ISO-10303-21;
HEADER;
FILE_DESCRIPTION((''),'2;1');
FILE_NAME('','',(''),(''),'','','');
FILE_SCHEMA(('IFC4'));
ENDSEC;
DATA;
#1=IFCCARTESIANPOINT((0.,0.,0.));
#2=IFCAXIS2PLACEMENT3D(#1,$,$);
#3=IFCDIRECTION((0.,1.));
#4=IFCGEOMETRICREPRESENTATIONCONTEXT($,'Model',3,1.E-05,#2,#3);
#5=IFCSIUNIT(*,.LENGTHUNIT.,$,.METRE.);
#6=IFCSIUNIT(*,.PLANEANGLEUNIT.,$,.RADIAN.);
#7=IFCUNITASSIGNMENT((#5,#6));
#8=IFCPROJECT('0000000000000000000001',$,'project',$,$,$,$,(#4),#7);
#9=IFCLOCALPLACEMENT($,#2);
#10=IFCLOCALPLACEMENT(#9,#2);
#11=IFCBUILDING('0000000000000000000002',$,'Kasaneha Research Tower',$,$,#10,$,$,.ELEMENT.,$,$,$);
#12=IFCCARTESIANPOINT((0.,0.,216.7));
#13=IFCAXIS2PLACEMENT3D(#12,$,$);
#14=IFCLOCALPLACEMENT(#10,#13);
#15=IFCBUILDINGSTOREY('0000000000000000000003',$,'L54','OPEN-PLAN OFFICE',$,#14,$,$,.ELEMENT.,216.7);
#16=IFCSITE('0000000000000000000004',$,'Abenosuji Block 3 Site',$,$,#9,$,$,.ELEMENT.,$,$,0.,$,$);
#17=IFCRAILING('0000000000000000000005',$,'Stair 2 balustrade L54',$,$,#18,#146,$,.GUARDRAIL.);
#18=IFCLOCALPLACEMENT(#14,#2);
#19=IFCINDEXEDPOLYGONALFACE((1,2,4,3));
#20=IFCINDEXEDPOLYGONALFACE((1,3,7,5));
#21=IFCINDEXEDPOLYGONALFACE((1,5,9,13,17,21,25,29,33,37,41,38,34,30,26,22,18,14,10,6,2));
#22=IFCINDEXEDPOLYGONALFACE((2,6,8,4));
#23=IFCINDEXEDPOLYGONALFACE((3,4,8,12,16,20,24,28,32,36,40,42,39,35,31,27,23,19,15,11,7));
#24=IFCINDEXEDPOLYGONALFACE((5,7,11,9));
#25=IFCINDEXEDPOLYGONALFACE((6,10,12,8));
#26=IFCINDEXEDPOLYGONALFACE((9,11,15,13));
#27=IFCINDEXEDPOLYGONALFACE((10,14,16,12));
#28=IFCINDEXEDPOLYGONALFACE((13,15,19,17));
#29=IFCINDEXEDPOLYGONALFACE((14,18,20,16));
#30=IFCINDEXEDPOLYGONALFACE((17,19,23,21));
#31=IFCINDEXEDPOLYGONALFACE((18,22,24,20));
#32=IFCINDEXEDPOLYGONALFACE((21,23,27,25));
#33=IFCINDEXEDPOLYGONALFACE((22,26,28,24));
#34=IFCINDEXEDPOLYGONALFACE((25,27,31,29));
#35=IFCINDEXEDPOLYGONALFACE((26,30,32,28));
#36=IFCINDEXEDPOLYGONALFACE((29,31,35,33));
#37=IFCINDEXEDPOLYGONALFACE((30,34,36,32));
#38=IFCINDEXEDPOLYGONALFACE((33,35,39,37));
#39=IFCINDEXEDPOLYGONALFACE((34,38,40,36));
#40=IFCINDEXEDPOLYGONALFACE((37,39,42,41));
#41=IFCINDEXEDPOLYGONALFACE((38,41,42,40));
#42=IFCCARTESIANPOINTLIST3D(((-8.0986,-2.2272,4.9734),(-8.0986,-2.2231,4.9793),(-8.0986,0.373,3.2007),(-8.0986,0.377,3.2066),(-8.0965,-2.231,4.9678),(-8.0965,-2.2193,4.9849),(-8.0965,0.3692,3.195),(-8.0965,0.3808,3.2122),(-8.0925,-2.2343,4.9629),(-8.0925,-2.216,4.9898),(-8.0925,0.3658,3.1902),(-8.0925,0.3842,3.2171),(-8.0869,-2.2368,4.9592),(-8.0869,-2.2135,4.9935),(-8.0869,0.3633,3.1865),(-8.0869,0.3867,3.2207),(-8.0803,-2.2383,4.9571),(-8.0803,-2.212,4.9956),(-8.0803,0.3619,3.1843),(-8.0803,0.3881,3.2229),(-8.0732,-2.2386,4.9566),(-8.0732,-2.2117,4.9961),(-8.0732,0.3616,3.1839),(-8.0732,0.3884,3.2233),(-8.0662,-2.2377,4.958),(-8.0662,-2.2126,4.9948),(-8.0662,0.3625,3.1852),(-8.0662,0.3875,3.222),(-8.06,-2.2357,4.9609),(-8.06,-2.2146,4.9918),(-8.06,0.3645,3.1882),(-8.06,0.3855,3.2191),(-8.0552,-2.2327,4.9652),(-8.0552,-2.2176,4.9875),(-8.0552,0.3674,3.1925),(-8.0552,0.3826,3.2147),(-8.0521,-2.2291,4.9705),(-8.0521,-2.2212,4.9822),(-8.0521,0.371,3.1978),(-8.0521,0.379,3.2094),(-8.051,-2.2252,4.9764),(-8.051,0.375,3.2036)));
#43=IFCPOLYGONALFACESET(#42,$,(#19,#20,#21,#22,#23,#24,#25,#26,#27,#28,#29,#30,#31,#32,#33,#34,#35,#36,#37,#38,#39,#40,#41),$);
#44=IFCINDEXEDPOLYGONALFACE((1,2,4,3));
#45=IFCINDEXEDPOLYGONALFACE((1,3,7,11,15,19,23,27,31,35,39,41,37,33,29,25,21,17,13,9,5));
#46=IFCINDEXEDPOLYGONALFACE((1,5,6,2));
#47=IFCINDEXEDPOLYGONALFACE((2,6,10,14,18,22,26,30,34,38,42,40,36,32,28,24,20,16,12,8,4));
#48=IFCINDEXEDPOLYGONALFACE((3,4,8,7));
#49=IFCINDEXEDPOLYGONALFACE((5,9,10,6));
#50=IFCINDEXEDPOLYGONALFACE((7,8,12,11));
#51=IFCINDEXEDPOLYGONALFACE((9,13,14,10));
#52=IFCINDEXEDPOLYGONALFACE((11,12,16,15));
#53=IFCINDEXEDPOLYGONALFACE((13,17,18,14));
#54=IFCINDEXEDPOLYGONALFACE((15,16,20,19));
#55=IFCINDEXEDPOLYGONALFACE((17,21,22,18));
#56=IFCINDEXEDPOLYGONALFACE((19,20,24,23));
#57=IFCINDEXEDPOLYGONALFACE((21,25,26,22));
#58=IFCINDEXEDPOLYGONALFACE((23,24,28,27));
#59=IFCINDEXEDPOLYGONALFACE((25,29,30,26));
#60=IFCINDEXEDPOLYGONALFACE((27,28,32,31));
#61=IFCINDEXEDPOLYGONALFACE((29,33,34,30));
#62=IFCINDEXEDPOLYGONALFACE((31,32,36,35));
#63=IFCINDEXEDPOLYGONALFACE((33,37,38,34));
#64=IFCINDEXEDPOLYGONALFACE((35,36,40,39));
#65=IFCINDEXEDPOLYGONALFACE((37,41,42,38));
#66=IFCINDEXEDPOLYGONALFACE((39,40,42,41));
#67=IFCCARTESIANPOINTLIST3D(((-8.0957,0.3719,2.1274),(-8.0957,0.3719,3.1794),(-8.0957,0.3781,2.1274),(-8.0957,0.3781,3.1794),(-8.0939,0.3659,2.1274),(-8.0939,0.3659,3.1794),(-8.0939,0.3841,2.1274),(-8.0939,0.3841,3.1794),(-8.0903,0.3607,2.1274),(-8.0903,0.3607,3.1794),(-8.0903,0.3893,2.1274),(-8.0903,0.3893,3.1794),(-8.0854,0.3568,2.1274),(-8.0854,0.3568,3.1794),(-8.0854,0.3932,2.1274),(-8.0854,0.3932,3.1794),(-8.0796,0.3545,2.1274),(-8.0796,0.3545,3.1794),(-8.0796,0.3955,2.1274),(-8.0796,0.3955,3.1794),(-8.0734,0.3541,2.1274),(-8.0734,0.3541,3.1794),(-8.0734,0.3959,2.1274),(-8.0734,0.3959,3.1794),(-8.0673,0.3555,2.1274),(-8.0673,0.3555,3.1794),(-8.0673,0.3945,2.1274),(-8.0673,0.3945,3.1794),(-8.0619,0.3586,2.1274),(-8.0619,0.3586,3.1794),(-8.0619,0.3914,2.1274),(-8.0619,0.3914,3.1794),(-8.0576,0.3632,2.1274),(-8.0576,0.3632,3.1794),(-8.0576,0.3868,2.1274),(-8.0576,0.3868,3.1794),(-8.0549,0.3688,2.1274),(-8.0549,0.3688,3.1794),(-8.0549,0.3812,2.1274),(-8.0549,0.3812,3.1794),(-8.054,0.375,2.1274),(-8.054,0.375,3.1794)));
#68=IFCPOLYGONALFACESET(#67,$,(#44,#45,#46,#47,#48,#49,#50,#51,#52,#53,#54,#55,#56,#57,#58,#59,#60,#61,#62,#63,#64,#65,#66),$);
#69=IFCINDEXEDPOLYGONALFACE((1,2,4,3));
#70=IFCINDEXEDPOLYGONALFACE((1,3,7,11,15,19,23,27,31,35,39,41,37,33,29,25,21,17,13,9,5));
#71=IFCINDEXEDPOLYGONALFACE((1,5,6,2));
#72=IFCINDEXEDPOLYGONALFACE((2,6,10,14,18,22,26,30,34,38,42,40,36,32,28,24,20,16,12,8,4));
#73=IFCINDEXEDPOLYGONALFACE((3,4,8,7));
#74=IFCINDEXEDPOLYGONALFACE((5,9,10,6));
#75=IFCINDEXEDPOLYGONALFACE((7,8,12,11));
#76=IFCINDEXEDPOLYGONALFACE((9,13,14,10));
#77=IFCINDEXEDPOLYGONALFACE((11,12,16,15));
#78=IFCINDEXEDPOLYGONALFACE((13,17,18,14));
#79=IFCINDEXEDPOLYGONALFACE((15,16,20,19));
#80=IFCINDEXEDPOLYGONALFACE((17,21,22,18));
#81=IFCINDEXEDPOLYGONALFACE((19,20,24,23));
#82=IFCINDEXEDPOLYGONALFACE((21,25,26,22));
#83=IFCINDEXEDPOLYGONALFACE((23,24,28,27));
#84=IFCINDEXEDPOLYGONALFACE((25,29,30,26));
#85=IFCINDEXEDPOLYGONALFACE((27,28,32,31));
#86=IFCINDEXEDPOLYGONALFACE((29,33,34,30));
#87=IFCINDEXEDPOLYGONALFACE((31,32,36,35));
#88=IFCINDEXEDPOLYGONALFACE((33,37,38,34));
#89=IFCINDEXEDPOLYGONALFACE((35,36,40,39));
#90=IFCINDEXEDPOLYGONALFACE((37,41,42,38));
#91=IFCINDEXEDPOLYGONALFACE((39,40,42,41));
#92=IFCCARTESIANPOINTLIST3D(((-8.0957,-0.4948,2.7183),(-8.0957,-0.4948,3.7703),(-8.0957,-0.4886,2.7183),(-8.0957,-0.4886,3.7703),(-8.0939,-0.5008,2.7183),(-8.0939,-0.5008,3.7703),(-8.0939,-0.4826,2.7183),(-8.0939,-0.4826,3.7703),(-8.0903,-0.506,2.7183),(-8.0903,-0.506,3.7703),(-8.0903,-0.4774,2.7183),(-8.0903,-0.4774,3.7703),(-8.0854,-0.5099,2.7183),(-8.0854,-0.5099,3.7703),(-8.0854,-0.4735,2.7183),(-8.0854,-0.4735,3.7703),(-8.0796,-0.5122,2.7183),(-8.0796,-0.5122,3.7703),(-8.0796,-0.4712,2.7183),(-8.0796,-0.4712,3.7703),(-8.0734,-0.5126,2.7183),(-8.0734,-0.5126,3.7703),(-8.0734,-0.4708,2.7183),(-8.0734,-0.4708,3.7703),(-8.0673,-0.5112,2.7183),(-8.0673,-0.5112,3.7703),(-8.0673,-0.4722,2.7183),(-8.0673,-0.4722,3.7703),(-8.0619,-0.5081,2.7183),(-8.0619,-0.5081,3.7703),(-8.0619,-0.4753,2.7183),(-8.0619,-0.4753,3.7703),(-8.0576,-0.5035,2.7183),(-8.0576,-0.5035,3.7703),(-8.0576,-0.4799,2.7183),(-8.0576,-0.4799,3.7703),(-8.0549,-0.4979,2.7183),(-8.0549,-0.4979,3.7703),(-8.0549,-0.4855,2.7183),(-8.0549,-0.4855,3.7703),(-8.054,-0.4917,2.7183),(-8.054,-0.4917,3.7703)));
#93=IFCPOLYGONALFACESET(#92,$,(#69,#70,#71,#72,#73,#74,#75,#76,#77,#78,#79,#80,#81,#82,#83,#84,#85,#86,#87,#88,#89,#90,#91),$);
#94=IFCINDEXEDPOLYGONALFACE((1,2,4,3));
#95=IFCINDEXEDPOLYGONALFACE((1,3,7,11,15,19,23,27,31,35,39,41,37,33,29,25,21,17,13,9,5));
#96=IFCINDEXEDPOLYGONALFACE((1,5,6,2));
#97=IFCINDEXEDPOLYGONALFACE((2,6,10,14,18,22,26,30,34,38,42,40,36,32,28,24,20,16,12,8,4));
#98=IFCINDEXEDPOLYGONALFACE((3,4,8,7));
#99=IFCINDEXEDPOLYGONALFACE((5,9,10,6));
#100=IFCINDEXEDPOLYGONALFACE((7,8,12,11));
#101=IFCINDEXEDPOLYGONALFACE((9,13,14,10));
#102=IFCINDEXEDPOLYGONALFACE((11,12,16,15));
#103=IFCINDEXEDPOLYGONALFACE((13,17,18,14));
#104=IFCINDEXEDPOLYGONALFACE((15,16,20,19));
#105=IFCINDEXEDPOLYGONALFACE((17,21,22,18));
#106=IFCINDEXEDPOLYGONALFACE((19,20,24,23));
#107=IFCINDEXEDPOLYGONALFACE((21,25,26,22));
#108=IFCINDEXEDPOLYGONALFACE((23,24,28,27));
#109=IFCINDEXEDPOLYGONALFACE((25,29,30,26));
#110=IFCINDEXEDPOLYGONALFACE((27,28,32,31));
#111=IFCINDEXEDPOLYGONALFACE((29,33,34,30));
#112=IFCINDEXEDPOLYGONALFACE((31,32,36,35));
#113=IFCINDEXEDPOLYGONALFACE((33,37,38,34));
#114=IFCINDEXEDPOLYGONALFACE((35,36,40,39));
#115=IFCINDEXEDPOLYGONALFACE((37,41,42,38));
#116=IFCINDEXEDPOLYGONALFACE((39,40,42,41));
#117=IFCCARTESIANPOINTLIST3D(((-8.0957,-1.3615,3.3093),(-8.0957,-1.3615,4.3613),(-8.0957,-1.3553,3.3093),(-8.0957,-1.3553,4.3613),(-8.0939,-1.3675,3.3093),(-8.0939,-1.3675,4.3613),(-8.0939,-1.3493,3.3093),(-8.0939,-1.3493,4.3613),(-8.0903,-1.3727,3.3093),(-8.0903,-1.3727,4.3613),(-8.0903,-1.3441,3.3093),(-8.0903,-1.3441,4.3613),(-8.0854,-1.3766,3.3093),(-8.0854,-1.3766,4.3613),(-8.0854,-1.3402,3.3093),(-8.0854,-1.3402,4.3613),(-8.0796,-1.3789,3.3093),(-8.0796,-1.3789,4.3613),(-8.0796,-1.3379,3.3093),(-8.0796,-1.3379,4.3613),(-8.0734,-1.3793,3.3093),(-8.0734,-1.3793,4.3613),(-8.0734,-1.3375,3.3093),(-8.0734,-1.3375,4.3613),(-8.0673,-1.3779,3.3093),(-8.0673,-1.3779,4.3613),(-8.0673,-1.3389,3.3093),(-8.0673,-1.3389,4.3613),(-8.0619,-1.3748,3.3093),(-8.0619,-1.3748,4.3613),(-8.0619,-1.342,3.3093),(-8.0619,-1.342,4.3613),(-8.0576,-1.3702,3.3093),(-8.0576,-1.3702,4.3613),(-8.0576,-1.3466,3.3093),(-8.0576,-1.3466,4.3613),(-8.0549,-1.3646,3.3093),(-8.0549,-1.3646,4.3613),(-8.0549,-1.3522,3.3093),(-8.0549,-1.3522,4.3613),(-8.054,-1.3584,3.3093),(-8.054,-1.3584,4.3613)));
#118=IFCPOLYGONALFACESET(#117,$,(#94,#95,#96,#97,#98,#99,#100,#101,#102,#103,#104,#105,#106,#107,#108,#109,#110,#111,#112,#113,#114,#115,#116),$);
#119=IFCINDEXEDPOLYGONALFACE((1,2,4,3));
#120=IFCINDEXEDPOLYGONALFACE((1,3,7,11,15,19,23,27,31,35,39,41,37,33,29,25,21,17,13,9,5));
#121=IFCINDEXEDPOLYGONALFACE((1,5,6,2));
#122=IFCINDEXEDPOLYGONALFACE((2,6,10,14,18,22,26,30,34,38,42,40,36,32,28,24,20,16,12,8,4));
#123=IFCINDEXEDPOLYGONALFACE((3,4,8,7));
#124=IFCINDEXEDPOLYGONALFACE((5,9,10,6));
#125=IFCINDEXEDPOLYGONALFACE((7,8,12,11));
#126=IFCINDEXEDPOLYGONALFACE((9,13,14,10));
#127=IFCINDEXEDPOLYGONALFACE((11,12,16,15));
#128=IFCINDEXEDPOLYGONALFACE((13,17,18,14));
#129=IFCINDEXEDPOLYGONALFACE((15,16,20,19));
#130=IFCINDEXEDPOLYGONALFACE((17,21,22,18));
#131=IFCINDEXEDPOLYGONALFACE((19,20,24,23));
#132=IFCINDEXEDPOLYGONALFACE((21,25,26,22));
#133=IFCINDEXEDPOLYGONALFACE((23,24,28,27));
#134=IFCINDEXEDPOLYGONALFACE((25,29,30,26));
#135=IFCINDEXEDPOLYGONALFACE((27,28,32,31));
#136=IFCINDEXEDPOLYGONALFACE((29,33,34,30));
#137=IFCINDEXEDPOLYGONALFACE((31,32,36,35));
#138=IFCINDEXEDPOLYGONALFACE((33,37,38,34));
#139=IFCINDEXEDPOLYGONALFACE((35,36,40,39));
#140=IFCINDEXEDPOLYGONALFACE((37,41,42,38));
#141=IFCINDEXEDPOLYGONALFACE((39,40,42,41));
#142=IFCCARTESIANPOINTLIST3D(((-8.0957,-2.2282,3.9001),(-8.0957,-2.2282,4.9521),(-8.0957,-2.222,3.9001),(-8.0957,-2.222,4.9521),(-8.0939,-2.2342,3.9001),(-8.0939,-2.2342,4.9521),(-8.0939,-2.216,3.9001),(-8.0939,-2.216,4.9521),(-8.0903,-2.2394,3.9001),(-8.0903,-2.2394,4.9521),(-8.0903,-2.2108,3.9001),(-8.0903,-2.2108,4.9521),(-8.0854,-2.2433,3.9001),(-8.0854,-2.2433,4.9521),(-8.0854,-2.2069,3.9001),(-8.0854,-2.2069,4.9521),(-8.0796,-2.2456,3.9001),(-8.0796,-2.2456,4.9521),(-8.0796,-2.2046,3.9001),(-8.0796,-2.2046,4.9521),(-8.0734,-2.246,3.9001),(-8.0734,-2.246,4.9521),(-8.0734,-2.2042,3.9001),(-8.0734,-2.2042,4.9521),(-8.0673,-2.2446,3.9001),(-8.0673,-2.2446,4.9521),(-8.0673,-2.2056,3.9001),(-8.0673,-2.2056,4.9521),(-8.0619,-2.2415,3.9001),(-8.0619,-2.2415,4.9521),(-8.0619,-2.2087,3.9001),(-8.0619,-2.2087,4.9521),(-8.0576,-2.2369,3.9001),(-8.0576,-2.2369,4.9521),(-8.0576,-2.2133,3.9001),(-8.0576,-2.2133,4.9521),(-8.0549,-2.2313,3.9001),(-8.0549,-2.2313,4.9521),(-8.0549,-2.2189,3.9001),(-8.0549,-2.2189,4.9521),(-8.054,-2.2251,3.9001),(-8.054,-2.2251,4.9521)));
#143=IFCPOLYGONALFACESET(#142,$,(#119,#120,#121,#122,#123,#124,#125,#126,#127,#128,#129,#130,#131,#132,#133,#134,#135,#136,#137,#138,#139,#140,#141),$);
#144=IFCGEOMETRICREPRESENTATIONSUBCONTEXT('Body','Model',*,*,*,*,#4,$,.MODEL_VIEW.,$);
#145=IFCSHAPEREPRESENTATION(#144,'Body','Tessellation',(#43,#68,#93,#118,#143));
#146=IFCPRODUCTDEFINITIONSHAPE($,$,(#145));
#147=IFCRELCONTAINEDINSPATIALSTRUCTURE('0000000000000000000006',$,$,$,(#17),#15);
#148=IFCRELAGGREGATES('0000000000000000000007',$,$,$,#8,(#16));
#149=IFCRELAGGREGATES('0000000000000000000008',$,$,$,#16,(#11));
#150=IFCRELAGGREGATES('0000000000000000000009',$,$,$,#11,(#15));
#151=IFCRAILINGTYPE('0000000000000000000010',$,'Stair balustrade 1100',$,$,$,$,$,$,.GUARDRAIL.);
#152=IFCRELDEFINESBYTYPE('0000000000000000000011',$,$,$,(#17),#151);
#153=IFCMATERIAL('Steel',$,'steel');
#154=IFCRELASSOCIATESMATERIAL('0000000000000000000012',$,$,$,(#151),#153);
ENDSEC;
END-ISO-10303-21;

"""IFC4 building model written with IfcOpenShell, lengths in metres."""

from ifc_helpers import new_model, si_unit, direction, frame, origin, origin_2d, place, context, subcontext, project, spatial, circle, extrude, material, type_object, element, save


model = new_model("IFC4")

# Units and contexts
model_context = context("Model", 3, precision=1e-05, world=origin(), true_north=direction((0.0, 1.0)))
body_context = subcontext(model_context, "Body", "Model", "MODEL_VIEW")
ifc_project = project(units=[si_unit("LENGTHUNIT", "METRE"), si_unit("PLANEANGLEUNIT", "RADIAN")], contexts=[model_context])

# Site, building, storey
site_placement = place(None, origin())
site = spatial("IfcSite", under=ifc_project, at=site_placement, Name="Abenosuji Block 3 Site", CompositionType="ELEMENT", RefElevation=0.0)
building_placement = place(site_placement, origin())
building = spatial("IfcBuilding", under=site, at=building_placement, Name="Kasaneha Research Tower", CompositionType="ELEMENT")
storey_placement = place(building_placement, frame((0.0, 0.0, 216.7)))
storey = spatial("IfcBuildingStorey", under=building, at=storey_placement, Name="L54", Description="OPEN-PLAN OFFICE", CompositionType="ELEMENT", Elevation=216.7)

# Railing
ifc_material_1 = material(Name="Steel", Category="steel")
railing_type_1 = type_object("IfcRailingType", Name="Stair balustrade 1100", PredefinedType="GUARDRAIL", material=ifc_material_1)
railing_1_placement = place(storey_placement, frame((-8.075, 0.375, 2.1274)))
element("IfcRailing", 1, at=railing_1_placement, inside=storey, type_object=railing_type_1, Name="Stair 2 balustrade L54", PredefinedType="GUARDRAIL", context=body_context, shape_type="SweptSolid", body=[
    extrude(circle(Radius=0.0239, at=origin_2d()), frame((0.0, 0.0, 1.0762), z_axis=(0.0, -0.82624, 0.563318), x_axis=(1.0, 0.0, 0.0)), (0.0, 0.0, 1.0), 3.147),
    extrude(circle(Radius=0.021, at=origin_2d()), origin(), (0.0, 0.0, 1.0), 1.052),
    extrude(circle(Radius=0.021, at=origin_2d()), frame((0.0, -0.8667, 0.5908)), (0.0, 0.0, 1.0), 1.052),
    extrude(circle(Radius=0.021, at=origin_2d()), frame((0.0, -1.7334, 1.1819)), (0.0, 0.0, 1.0), 1.052),
    extrude(circle(Radius=0.021, at=origin_2d()), frame((0.0, -2.6001, 1.7727)), (0.0, 0.0, 1.0), 1.052),
])

save(model, "model.ifc")
